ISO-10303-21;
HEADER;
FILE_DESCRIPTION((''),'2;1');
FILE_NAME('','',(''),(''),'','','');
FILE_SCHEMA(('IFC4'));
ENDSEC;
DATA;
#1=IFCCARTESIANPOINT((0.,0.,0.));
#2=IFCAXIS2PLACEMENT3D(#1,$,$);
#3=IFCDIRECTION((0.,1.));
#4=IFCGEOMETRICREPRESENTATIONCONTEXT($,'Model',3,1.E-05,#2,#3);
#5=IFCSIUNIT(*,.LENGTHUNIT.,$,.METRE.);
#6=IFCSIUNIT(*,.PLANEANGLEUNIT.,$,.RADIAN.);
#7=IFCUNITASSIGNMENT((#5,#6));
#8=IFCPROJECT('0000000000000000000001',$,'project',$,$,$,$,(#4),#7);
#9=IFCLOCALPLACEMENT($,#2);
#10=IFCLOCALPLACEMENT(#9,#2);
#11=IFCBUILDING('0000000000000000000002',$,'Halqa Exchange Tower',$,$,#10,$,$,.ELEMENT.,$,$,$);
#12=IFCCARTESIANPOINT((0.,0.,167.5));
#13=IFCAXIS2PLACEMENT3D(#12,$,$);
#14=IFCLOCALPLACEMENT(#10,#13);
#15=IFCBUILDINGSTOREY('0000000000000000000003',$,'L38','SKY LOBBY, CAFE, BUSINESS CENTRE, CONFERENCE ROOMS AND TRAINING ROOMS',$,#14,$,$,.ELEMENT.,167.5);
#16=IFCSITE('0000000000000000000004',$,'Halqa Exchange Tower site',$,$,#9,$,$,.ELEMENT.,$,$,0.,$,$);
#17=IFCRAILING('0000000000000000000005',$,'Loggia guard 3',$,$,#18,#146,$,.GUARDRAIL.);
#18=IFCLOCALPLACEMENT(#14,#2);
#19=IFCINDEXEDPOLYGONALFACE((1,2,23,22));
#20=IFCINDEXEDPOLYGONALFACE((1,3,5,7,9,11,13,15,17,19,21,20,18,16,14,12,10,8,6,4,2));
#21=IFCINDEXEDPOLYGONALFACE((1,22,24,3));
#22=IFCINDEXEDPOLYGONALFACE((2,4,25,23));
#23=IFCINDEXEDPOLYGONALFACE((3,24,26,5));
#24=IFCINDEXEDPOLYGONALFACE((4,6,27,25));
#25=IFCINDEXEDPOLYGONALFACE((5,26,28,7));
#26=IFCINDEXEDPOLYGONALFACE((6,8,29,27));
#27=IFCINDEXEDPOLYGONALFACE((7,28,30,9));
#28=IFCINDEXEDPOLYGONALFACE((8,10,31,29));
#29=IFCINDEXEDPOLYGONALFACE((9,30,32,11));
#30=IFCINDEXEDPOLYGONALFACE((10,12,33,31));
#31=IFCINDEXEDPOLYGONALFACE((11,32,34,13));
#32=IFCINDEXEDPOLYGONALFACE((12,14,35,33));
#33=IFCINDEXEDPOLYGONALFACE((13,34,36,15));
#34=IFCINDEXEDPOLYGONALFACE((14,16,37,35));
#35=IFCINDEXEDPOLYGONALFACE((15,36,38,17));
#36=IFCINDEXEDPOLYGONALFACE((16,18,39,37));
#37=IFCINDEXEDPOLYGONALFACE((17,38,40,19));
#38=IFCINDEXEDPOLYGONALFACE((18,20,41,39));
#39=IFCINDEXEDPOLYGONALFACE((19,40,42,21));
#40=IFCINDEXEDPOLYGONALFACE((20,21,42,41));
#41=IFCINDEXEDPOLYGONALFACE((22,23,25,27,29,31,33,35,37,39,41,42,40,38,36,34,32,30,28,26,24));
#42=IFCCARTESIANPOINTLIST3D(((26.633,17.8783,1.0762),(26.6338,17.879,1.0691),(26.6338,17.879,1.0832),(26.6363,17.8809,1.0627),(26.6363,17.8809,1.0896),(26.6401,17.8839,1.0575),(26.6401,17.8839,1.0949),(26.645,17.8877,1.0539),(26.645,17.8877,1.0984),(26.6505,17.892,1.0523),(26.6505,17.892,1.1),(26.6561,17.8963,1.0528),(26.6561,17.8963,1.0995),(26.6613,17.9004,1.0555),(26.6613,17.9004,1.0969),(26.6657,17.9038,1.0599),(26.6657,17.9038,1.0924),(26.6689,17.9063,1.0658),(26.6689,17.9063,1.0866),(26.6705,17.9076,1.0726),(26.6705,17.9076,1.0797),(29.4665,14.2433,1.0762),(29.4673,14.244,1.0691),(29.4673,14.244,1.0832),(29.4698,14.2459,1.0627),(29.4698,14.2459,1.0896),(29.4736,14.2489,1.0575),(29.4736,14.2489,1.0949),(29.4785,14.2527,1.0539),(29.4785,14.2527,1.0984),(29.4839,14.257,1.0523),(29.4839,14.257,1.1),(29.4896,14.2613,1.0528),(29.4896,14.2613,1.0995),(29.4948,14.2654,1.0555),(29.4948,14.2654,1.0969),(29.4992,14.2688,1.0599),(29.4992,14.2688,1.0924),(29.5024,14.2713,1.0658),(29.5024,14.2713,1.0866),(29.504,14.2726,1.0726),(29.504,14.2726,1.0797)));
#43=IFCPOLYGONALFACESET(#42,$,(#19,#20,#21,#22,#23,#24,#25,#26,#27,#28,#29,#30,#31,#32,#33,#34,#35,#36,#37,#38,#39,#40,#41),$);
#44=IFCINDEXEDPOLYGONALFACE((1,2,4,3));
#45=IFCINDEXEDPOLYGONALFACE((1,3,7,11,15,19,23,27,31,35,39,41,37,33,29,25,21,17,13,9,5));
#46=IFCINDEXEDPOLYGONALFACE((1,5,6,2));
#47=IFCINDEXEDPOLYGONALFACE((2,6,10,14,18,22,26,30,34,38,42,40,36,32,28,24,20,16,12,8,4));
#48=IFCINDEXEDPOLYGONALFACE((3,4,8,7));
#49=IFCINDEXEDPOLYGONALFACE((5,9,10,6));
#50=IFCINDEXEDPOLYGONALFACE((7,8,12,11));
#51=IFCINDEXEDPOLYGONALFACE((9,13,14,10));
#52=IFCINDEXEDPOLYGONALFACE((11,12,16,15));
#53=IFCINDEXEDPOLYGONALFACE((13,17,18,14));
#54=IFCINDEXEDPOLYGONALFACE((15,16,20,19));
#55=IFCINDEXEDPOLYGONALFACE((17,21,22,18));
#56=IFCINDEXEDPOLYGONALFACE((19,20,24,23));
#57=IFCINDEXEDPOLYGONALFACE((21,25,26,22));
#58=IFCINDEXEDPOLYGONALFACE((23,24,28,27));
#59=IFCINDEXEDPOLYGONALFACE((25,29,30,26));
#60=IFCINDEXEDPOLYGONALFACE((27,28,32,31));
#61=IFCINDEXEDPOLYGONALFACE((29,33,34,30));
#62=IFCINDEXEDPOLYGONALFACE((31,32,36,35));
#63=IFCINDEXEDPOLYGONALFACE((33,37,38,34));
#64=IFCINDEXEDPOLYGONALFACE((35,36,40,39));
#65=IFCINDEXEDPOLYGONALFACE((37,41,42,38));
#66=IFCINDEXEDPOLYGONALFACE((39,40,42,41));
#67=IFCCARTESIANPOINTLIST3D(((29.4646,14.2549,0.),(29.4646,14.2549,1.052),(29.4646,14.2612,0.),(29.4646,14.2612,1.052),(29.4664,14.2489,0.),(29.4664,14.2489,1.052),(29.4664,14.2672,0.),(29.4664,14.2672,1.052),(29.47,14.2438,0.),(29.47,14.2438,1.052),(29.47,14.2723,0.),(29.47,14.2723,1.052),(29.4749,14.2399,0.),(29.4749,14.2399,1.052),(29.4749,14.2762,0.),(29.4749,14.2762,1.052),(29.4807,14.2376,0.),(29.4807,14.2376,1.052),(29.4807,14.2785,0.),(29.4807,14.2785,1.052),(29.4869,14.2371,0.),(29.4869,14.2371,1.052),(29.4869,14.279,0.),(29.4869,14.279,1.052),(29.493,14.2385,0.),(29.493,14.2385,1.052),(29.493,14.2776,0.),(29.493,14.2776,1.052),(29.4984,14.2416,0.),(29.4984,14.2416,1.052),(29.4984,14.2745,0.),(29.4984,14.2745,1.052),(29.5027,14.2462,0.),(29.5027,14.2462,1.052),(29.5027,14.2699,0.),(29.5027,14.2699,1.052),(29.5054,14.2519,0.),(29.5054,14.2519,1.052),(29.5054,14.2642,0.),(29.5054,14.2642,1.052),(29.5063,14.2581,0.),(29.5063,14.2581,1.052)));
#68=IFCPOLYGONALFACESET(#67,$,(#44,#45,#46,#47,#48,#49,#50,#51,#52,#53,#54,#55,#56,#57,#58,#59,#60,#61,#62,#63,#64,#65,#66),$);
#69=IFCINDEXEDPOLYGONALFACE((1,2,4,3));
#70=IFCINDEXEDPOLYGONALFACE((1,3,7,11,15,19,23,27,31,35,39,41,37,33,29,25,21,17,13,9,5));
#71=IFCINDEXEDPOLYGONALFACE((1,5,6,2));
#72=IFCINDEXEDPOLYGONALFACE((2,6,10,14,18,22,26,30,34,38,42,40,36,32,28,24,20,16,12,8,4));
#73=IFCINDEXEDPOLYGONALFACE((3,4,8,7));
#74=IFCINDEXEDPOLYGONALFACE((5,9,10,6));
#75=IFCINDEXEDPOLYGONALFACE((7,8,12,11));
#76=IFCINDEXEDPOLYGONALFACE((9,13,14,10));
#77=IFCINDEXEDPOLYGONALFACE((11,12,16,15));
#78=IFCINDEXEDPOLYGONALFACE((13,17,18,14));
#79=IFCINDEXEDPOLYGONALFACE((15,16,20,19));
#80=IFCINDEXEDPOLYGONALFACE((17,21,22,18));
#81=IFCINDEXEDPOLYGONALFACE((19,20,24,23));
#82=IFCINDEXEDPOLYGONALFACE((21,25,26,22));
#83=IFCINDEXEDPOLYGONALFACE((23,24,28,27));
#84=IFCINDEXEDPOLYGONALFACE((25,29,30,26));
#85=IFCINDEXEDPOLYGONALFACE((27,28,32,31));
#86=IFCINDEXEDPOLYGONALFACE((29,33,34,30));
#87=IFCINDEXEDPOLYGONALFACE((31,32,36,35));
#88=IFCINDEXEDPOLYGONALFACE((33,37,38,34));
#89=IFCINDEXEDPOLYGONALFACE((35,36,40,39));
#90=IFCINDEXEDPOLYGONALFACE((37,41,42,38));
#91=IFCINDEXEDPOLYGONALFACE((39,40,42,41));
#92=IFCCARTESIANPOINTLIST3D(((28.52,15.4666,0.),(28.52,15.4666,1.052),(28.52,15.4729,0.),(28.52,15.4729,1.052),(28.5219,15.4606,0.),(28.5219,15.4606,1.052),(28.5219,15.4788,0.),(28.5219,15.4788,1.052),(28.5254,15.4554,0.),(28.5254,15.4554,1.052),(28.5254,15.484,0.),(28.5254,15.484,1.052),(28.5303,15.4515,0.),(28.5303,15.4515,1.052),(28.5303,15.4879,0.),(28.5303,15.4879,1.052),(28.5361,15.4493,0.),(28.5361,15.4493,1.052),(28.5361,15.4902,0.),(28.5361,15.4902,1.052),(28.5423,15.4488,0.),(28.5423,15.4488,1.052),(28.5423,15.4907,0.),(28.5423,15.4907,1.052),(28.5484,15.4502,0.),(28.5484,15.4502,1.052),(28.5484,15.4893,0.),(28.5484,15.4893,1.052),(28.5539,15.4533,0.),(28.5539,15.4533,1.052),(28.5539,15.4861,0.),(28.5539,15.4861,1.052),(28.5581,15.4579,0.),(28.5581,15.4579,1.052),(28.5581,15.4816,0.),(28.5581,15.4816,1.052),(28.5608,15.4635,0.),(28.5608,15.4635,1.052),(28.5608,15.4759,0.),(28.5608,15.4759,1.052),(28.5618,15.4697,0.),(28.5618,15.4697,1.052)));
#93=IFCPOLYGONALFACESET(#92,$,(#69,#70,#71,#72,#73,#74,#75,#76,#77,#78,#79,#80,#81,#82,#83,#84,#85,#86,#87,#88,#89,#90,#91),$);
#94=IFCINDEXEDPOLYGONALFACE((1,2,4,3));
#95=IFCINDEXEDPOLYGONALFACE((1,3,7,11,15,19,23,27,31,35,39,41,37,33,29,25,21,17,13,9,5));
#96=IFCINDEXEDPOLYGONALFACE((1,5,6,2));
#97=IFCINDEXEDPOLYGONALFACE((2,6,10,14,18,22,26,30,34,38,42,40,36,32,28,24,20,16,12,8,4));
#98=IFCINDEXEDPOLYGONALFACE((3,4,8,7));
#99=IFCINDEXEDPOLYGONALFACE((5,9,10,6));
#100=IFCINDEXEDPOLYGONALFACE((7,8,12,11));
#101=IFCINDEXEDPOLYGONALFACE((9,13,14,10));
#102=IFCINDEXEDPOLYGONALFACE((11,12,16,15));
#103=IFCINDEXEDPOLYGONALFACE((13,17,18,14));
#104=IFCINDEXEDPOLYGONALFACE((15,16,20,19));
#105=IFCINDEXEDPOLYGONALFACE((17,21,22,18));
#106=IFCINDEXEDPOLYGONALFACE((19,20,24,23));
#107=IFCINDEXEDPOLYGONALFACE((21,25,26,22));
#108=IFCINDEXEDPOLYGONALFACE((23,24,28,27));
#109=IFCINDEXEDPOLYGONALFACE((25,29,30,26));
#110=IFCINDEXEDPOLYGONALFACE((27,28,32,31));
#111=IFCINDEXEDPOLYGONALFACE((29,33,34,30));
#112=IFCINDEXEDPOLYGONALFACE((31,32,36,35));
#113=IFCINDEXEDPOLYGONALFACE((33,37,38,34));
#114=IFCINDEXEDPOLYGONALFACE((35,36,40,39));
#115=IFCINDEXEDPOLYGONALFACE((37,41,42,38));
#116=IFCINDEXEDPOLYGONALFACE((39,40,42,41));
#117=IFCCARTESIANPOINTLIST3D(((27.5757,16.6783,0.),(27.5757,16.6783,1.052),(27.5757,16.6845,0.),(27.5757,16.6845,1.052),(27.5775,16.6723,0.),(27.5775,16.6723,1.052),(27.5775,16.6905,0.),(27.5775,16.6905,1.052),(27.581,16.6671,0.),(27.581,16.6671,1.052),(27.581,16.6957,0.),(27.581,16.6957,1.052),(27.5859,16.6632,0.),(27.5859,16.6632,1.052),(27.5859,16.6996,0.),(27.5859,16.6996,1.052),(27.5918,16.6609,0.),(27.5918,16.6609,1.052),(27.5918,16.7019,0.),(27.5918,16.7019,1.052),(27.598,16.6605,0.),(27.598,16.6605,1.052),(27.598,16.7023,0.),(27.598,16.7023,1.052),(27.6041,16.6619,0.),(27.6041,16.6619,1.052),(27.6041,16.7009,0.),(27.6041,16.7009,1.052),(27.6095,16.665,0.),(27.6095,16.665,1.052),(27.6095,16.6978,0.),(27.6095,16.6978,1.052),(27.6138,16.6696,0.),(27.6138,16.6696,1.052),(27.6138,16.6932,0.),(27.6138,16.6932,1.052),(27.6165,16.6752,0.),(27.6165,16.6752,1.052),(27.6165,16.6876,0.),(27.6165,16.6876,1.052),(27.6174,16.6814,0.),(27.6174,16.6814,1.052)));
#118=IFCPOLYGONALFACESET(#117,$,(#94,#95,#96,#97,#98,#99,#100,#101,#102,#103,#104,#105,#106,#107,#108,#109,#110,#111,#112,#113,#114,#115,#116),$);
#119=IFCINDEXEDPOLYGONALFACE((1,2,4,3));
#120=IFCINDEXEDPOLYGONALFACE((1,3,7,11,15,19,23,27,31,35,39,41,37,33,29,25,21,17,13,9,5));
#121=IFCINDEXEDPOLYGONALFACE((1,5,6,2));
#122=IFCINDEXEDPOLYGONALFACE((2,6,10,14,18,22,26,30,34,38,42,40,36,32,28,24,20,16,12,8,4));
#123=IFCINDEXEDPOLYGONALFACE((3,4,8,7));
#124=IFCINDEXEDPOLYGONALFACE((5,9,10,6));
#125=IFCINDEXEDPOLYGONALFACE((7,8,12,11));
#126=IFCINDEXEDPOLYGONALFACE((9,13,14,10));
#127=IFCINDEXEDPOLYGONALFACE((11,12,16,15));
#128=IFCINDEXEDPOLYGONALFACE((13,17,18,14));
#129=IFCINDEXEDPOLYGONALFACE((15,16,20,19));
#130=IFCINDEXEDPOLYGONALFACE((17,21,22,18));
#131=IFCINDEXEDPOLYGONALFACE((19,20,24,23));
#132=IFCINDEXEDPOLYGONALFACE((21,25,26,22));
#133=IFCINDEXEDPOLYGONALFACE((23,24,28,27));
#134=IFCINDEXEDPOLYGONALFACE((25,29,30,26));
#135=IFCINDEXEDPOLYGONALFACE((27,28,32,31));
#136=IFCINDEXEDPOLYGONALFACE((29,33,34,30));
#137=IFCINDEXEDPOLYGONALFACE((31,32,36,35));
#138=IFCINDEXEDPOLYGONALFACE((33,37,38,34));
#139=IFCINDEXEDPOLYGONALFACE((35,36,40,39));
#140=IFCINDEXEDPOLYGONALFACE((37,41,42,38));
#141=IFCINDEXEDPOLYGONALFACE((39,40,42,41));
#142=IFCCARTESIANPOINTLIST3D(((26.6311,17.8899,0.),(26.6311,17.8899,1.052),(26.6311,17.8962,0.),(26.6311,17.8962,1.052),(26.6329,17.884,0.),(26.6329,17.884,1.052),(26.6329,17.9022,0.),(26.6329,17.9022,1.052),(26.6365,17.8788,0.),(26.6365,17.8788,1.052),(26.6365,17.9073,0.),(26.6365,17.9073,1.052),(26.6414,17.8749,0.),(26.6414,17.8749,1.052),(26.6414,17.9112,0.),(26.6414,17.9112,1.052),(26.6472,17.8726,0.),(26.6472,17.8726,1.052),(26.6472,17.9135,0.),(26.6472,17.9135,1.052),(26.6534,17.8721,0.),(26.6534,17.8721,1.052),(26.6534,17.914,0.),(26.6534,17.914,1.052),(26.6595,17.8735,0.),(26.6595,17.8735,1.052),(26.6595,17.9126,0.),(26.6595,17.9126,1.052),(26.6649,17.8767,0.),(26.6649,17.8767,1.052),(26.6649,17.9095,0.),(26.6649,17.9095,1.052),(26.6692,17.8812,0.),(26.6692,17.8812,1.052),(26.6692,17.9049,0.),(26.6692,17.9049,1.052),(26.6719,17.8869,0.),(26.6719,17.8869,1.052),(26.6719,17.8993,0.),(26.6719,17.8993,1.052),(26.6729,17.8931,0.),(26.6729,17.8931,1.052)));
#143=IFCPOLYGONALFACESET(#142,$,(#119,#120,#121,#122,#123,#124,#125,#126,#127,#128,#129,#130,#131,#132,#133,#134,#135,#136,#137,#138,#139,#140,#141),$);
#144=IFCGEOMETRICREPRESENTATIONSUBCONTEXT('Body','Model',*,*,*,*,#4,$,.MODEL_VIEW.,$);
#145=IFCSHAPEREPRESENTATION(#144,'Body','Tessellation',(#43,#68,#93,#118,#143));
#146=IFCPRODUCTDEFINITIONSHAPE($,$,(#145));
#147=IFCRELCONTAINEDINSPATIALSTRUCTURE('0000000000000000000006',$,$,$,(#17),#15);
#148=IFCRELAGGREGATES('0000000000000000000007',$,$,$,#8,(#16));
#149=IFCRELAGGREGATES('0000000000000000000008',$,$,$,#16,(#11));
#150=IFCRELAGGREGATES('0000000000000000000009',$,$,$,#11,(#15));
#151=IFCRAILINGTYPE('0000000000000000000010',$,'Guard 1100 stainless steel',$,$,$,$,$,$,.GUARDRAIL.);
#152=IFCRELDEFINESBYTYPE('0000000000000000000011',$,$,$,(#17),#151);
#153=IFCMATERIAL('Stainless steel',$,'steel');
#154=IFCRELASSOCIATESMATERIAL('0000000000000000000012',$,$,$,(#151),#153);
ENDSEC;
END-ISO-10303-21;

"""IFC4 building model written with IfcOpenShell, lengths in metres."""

from ifc_helpers import new_model, si_unit, direction, frame, origin, origin_2d, place, context, subcontext, project, spatial, circle, extrude, material, type_object, element, save


model = new_model("IFC4")

# Units and contexts
model_context = context("Model", 3, precision=1e-05, world=origin(), true_north=direction((0.0, 1.0)))
body_context = subcontext(model_context, "Body", "Model", "MODEL_VIEW")
ifc_project = project(units=[si_unit("LENGTHUNIT", "METRE"), si_unit("PLANEANGLEUNIT", "RADIAN")], contexts=[model_context])

# Site, building, storey
site_placement = place(None, origin())
site = spatial("IfcSite", under=ifc_project, at=site_placement, Name="Halqa Exchange Tower site", CompositionType="ELEMENT", RefElevation=0.0)
building_placement = place(site_placement, origin())
building = spatial("IfcBuilding", under=site, at=building_placement, Name="Halqa Exchange Tower", CompositionType="ELEMENT")
storey_placement = place(building_placement, frame((0.0, 0.0, 167.5)))
storey = spatial("IfcBuildingStorey", under=building, at=storey_placement, Name="L38", Description="SKY LOBBY, CAFE, BUSINESS CENTRE, CONFERENCE ROOMS AND TRAINING ROOMS", CompositionType="ELEMENT", Elevation=167.5)

# Railing
ifc_material_1 = material(Name="Stainless steel", Category="steel")
railing_type = type_object("IfcRailingType", Name="Guard 1100 stainless steel", PredefinedType="GUARDRAIL", material=ifc_material_1)
railing_1_placement = place(storey_placement, frame((29.4854, 14.2581, 0.0)))
element("IfcRailing", 1, at=railing_1_placement, inside=storey, type_object=railing_type, Name="Loggia guard 3", PredefinedType="GUARDRAIL", context=body_context, shape_type="SweptSolid", body=[
    extrude(circle(Radius=0.0239, at=origin_2d()), frame((0.0, 0.0, 1.0762), z_axis=(-0.614787, 0.788693, 0.0), x_axis=(-0.788693, -0.614787, 0.0)), (0.0, 0.0, 1.0), 4.6089),
    extrude(circle(Radius=0.021, at=origin_2d()), origin(), (0.0, 0.0, 1.0), 1.052),
    extrude(circle(Radius=0.021, at=origin_2d()), frame((-0.9446, 1.2117, 0.0)), (0.0, 0.0, 1.0), 1.052),
    extrude(circle(Radius=0.021, at=origin_2d()), frame((-1.8889, 2.4233, 0.0)), (0.0, 0.0, 1.0), 1.052),
    extrude(circle(Radius=0.021, at=origin_2d()), frame((-2.8335, 3.635, 0.0)), (0.0, 0.0, 1.0), 1.052),
])

save(model, "model.ifc")
